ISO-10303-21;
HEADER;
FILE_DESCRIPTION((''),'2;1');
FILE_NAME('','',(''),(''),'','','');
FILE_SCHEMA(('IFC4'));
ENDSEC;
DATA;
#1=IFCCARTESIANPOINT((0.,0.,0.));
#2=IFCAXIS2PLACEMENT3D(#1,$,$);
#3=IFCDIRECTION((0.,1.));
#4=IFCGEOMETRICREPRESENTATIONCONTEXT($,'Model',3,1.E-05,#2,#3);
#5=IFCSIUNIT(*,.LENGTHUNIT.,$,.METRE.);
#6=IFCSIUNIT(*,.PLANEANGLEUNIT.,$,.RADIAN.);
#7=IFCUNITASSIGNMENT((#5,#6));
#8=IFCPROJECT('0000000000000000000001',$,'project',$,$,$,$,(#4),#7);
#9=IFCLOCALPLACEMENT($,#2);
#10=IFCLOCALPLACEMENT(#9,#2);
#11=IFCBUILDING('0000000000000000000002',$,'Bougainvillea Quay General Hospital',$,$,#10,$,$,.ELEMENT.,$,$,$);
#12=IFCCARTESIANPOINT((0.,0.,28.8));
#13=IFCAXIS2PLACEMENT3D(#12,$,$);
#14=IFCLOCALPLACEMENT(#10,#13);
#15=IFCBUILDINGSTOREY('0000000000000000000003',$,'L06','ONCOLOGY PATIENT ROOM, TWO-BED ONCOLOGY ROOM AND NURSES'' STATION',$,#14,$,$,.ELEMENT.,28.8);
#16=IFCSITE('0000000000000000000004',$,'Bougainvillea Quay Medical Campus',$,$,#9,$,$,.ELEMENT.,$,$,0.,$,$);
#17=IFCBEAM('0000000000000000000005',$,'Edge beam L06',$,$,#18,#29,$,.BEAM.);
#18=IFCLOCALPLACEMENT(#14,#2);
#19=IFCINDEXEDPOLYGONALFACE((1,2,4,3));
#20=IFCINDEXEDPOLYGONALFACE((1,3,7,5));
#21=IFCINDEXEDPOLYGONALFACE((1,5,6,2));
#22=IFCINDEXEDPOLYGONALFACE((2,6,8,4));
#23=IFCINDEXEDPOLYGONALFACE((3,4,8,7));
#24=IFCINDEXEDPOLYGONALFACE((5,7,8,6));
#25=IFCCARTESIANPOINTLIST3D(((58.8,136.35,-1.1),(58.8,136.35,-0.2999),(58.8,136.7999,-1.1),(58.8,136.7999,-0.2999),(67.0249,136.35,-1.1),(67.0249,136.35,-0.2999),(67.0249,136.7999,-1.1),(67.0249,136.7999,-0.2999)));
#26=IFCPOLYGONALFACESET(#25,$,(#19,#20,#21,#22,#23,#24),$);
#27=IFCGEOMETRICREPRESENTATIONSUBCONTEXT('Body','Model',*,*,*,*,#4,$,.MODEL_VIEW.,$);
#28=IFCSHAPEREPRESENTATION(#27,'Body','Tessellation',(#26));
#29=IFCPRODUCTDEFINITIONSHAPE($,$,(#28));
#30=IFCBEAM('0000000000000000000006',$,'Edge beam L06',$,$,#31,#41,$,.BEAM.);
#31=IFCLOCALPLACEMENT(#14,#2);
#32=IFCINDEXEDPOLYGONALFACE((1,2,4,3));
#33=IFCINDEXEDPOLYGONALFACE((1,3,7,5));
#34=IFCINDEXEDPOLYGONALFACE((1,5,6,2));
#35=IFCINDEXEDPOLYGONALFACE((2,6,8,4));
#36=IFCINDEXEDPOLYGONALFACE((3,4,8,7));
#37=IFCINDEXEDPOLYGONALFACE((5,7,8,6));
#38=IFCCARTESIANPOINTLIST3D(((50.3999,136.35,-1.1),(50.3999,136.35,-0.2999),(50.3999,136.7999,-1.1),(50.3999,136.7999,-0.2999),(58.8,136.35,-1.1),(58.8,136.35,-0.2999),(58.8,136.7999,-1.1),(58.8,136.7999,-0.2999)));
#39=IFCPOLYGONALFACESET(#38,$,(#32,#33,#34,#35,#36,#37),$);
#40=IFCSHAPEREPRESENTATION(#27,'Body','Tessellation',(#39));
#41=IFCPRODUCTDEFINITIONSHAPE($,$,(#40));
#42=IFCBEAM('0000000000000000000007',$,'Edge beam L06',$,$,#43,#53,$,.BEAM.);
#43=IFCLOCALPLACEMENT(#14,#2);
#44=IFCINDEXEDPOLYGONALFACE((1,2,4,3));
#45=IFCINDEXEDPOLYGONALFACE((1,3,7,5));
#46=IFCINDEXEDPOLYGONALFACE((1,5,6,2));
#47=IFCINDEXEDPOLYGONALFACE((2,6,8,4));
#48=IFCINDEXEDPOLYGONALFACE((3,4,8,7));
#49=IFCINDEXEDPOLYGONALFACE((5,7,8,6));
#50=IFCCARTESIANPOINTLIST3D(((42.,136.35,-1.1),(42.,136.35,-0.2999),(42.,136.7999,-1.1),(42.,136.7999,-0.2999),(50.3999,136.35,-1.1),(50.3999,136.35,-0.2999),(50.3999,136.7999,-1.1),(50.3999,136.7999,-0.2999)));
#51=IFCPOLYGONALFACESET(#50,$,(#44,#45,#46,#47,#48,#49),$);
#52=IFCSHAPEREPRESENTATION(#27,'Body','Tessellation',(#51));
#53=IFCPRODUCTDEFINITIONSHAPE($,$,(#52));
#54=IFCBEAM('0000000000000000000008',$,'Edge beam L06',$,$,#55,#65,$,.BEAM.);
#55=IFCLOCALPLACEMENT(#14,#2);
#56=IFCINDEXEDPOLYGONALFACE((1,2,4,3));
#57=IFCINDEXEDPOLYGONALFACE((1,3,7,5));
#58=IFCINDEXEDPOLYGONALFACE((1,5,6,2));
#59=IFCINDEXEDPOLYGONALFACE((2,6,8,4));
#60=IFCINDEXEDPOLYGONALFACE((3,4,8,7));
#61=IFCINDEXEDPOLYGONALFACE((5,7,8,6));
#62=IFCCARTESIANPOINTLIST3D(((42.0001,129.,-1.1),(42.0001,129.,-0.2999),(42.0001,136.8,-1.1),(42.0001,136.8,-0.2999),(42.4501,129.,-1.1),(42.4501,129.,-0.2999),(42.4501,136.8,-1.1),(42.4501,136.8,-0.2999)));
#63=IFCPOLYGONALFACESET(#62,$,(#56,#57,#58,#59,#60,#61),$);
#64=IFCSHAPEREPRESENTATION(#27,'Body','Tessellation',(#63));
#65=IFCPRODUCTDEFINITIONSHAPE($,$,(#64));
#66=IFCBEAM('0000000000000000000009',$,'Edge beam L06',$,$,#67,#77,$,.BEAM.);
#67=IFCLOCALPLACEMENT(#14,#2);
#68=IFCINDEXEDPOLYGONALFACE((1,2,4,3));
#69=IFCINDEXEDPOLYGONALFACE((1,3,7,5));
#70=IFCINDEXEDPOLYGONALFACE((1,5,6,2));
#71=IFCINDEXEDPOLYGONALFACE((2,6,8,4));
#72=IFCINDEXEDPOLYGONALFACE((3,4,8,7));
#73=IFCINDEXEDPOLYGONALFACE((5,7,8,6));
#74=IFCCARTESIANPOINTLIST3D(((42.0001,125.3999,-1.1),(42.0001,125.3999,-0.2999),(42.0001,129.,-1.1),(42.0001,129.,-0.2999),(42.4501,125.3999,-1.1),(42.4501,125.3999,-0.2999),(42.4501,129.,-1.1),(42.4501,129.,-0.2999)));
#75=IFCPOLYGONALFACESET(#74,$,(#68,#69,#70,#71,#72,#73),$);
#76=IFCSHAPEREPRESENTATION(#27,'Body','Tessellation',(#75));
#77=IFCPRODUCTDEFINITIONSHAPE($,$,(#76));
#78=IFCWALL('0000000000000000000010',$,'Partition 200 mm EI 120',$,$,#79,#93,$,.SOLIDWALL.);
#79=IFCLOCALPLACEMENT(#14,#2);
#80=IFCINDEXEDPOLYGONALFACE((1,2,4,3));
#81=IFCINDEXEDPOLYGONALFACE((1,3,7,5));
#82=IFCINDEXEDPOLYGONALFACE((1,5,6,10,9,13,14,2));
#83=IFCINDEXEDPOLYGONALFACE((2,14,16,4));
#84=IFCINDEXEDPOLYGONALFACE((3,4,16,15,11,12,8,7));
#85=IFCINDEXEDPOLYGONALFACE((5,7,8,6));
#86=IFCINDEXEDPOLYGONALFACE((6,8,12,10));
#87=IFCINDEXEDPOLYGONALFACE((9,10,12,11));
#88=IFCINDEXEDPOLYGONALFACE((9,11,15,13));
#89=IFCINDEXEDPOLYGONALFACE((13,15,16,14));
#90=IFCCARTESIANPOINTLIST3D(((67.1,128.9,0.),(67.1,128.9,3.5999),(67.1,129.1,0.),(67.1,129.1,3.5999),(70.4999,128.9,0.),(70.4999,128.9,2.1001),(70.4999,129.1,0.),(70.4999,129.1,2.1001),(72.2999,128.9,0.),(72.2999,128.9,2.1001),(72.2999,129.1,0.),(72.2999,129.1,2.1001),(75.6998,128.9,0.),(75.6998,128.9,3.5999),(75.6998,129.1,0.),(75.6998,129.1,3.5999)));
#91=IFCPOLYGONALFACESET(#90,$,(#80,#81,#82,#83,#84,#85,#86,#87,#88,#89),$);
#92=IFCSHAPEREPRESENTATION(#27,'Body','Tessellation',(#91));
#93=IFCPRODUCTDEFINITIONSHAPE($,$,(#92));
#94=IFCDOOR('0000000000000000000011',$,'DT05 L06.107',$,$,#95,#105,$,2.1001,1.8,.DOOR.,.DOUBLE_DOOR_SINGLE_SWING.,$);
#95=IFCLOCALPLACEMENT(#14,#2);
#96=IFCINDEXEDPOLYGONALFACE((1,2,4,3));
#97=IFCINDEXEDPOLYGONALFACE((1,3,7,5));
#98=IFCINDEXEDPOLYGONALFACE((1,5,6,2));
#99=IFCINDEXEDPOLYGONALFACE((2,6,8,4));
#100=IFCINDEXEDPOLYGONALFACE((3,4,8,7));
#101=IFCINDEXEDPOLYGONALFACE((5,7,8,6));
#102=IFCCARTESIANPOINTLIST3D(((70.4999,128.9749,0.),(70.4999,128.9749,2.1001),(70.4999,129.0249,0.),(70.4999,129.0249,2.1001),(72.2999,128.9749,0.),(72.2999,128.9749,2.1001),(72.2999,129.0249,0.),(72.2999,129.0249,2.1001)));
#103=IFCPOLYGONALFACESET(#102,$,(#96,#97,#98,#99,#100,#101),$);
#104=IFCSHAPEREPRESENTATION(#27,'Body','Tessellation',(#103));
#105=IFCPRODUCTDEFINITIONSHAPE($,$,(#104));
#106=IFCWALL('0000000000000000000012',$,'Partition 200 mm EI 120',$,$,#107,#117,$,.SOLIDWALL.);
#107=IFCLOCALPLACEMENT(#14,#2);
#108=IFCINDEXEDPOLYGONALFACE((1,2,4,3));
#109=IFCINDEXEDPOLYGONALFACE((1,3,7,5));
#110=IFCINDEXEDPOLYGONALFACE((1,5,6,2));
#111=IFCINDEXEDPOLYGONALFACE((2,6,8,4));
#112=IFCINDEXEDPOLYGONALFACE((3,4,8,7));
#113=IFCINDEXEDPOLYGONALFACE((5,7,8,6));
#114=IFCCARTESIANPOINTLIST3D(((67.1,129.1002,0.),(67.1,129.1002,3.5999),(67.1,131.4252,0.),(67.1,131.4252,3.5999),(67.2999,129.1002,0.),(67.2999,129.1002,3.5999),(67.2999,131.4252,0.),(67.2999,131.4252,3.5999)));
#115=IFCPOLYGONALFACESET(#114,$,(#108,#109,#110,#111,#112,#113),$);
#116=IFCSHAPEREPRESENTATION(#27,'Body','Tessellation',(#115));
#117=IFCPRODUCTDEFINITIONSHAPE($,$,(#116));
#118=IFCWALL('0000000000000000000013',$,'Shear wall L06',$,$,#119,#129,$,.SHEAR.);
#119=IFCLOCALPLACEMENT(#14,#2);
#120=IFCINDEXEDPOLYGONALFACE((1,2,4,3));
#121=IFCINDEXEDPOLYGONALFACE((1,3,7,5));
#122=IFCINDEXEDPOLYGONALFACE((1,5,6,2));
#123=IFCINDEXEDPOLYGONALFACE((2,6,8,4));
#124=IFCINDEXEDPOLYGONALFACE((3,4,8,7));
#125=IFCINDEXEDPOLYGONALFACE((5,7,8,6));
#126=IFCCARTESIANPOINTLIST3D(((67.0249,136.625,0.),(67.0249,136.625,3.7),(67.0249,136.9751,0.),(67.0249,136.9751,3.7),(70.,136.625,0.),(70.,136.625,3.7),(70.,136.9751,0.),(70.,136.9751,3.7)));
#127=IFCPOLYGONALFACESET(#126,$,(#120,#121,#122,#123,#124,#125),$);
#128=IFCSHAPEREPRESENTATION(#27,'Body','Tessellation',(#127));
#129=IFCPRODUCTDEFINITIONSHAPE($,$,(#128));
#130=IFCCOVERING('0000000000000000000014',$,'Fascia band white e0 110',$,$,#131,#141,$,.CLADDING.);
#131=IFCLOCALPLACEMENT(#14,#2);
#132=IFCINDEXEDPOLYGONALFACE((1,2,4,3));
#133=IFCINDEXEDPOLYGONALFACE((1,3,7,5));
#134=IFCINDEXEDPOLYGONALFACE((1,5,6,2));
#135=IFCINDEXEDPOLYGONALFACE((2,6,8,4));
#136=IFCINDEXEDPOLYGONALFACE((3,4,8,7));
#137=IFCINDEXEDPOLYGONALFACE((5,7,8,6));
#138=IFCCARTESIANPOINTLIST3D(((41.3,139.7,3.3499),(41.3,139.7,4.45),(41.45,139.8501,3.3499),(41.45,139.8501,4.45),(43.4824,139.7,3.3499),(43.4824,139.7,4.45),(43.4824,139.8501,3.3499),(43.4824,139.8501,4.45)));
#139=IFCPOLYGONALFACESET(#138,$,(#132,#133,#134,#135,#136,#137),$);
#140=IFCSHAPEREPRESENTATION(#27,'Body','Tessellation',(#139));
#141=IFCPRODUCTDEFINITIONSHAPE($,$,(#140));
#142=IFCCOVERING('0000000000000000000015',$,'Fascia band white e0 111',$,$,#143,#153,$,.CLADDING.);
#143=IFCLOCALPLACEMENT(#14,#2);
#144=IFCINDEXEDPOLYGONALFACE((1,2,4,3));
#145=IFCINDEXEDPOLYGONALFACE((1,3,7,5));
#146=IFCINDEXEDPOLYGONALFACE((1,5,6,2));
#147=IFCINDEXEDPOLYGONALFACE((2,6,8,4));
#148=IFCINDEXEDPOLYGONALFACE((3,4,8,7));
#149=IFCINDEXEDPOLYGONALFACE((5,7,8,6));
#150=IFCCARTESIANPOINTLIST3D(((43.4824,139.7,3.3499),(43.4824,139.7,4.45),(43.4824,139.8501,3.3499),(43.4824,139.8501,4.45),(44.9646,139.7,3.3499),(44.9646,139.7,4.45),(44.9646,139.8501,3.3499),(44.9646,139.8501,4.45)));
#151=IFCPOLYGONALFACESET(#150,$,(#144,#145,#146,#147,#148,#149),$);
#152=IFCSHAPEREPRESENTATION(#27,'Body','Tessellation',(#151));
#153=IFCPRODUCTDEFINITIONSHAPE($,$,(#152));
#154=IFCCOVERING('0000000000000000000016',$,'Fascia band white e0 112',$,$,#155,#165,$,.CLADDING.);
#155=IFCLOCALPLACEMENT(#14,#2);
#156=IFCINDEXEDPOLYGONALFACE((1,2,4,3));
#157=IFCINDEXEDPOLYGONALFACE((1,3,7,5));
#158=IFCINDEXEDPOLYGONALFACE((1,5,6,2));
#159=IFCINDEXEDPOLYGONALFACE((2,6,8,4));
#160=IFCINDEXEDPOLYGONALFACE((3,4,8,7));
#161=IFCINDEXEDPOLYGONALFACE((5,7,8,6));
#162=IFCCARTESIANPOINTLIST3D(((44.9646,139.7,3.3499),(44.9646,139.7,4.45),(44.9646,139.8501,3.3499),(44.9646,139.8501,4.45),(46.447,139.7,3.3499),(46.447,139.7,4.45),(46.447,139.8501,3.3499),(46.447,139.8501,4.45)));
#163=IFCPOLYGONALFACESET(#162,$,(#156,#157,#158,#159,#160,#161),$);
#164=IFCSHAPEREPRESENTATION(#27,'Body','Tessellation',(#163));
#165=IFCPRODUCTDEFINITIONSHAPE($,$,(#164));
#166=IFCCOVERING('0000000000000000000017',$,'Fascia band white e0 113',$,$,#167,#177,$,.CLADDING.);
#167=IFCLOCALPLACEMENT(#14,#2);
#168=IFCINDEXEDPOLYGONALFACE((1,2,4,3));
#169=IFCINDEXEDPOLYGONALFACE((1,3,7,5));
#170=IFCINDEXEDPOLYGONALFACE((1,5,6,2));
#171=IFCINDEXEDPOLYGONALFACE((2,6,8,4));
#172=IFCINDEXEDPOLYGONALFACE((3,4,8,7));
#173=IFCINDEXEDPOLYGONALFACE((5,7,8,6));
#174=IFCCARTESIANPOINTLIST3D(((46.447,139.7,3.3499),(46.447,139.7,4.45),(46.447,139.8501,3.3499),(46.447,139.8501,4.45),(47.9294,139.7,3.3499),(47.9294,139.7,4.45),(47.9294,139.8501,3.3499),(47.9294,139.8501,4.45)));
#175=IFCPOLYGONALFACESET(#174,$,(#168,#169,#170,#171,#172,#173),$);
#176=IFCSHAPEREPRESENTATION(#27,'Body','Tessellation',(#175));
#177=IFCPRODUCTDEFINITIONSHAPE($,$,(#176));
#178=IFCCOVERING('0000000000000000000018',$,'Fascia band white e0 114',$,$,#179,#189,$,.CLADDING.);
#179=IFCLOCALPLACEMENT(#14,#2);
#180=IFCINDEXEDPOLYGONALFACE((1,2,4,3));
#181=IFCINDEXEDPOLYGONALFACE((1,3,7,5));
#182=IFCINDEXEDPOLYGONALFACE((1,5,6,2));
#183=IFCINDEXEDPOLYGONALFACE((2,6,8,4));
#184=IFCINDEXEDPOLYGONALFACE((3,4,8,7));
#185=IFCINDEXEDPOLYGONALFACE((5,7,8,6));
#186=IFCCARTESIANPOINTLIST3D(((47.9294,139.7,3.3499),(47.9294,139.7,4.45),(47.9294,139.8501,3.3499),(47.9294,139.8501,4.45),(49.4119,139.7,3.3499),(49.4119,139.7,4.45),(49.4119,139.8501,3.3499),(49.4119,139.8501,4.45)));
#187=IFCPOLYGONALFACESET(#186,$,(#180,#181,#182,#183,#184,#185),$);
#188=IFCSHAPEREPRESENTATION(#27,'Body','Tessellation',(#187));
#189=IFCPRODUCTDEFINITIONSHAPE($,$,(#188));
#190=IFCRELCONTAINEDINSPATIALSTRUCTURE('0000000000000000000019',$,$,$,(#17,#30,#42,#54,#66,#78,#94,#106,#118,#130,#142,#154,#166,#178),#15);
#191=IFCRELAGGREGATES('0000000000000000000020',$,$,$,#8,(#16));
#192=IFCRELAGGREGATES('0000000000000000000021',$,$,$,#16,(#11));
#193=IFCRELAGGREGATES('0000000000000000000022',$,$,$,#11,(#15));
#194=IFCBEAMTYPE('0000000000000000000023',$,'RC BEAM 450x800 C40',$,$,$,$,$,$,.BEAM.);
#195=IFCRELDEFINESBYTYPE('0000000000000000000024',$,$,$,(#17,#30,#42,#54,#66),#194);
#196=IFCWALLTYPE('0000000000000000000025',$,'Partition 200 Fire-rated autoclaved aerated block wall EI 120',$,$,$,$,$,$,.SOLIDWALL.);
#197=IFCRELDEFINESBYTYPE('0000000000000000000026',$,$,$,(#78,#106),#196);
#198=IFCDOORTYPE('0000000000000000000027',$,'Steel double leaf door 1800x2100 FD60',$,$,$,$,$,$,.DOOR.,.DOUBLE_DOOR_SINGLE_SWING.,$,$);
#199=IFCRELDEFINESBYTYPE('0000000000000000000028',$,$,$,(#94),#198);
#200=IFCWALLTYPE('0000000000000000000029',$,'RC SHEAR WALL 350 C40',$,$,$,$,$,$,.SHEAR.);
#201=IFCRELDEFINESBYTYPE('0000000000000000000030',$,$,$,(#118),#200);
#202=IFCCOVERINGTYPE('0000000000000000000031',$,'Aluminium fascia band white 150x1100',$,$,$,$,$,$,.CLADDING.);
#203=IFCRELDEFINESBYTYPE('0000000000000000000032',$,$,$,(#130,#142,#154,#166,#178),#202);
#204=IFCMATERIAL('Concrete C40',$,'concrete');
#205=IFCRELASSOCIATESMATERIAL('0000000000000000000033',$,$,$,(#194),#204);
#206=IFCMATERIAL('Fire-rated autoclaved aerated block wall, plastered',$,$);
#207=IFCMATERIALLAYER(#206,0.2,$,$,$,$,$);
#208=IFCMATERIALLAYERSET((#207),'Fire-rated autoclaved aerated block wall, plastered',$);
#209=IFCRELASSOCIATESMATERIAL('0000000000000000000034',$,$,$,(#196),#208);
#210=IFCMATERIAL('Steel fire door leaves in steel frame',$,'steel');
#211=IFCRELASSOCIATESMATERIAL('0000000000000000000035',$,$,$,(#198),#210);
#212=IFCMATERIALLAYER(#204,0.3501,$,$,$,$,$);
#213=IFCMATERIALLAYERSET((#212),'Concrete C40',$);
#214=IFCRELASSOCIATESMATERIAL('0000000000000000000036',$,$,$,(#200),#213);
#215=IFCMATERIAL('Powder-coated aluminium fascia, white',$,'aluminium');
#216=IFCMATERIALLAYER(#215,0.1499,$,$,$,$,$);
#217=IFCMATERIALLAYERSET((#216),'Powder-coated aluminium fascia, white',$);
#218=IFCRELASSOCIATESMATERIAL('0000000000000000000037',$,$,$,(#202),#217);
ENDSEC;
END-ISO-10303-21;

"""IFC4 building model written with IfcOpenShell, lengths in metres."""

from ifc_helpers import new_model, si_unit, direction, frame, frame_2d, origin, origin_2d, place, context, subcontext, project, spatial, polyline, rectangle, outline, extrude, material, layer, layer_set, material_profile, profile_set, type_object, element, fill, save


model = new_model("IFC4")

# Units and contexts
model_context = context("Model", 3, precision=1e-05, world=origin(), true_north=direction((0.0, 1.0)))
body_context = subcontext(model_context, "Body", "Model", "MODEL_VIEW")
ifc_project = project(units=[si_unit("LENGTHUNIT", "METRE"), si_unit("PLANEANGLEUNIT", "RADIAN")], contexts=[model_context])

# Site, building, storey
site_placement = place(None, origin())
site = spatial("IfcSite", under=ifc_project, at=site_placement, Name="Bougainvillea Quay Medical Campus", CompositionType="ELEMENT", RefElevation=0.0)
building_placement = place(site_placement, origin())
building = spatial("IfcBuilding", under=site, at=building_placement, Name="Bougainvillea Quay General Hospital", CompositionType="ELEMENT")
storey_placement = place(building_placement, frame((0.0, 0.0, 28.8)))
storey = spatial("IfcBuildingStorey", under=building, at=storey_placement, Name="L06", Description="ONCOLOGY PATIENT ROOM, TWO-BED ONCOLOGY ROOM AND NURSES' STATION", CompositionType="ELEMENT", Elevation=28.8)

# Beams
ifc_material_1 = material(Name="Concrete C40", Category="concrete")
ifc_material_profile = material_profile(ifc_material_1, rectangle(XDim=0.45, YDim=0.8, at=origin_2d()))
ifc_profile_set = profile_set([ifc_material_profile], Name="Concrete C40")
beam_type = type_object("IfcBeamType", Name="RC BEAM 450x800 C40", PredefinedType="BEAM", material=ifc_profile_set)
beam_1_placement = place(storey_placement, frame((67.0249, 136.575, -0.7), z_axis=(-1.0, 0.0, 0.0), x_axis=(0.0, -1.0, 0.0)))
element("IfcBeam", 1, at=beam_1_placement, inside=storey, type_object=beam_type, Name="Edge beam L06", PredefinedType="BEAM", context=body_context, shape_type="SweptSolid", body=[
    extrude(rectangle(XDim=0.45, YDim=0.8, at=origin_2d()), origin(), (0.0, 0.0, 1.0), 8.2249),
])
beam_2_placement = place(storey_placement, frame((58.8, 136.575, -0.7), z_axis=(-1.0, 0.0, 0.0), x_axis=(0.0, -1.0, 0.0)))
element("IfcBeam", 2, at=beam_2_placement, inside=storey, type_object=beam_type, Name="Edge beam L06", PredefinedType="BEAM", context=body_context, shape_type="SweptSolid", body=[
    extrude(rectangle(XDim=0.45, YDim=0.8, at=origin_2d()), origin(), (0.0, 0.0, 1.0), 8.4001),
])
beam_3_placement = place(storey_placement, frame((50.3999, 136.575, -0.7), z_axis=(-1.0, 0.0, 0.0), x_axis=(0.0, -1.0, 0.0)))
element("IfcBeam", 3, at=beam_3_placement, inside=storey, type_object=beam_type, Name="Edge beam L06", PredefinedType="BEAM", context=body_context, shape_type="SweptSolid", body=[
    extrude(rectangle(XDim=0.45, YDim=0.8, at=origin_2d()), origin(), (0.0, 0.0, 1.0), 8.3999),
])
beam_4_placement = place(storey_placement, frame((42.2251, 136.8, -0.7), z_axis=(0.0, -1.0, 0.0), x_axis=(1.0, 0.0, 0.0)))
element("IfcBeam", 4, at=beam_4_placement, inside=storey, type_object=beam_type, Name="Edge beam L06", PredefinedType="BEAM", context=body_context, shape_type="SweptSolid", body=[
    extrude(rectangle(XDim=0.45, YDim=0.8, at=origin_2d()), origin(), (0.0, 0.0, 1.0), 7.8),
])
beam_5_placement = place(storey_placement, frame((42.2251, 129.0, -0.7), z_axis=(0.0, -1.0, 0.0), x_axis=(1.0, 0.0, 0.0)))
element("IfcBeam", 5, at=beam_5_placement, inside=storey, type_object=beam_type, Name="Edge beam L06", PredefinedType="BEAM", context=body_context, shape_type="SweptSolid", body=[
    extrude(rectangle(XDim=0.45, YDim=0.8, at=origin_2d()), origin(), (0.0, 0.0, 1.0), 3.6001),
])

# Wall, opening, door
ifc_material_2 = material(Name="Fire-rated autoclaved aerated block wall, plastered")
ifc_layer_1 = layer(ifc_material_2, 0.2)
ifc_layer_set_1 = layer_set([ifc_layer_1], Name="Fire-rated autoclaved aerated block wall, plastered")
wall_type_1 = type_object("IfcWallType", Name="Partition 200 Fire-rated autoclaved aerated block wall EI 120", PredefinedType="SOLIDWALL", material=ifc_layer_set_1)
wall_1_placement = place(storey_placement, frame((67.1001, 129.0, 0.0), z_axis=(0.0, 0.0, 1.0), x_axis=(1.0, 0.0, 0.0)))
wall_1 = element("IfcWall", 6, at=wall_1_placement, inside=storey, type_object=wall_type_1, Name="Partition 200 mm EI 120", PredefinedType="SOLIDWALL", context=body_context, shape_type="SweptSolid", body=[
    extrude(rectangle(XDim=8.5999, YDim=0.2, at=frame_2d((4.2998, 0.0))), origin(), (0.0, 0.0, 1.0), 3.5999),
])
opening_placement = place(wall_1_placement, frame((3.3999, 0.0, 0.0)))
opening = element("IfcOpeningElement", 7, at=opening_placement, cuts=wall_1, PredefinedType="OPENING", context=body_context, shape_type="SweptSolid", body=[
    extrude(rectangle(XDim=1.8, YDim=2.1001, at=frame_2d((0.8999, 1.05))), frame((0.0, 0.1099, 0.0), z_axis=(0.0, -1.0, 0.0), x_axis=(1.0, 0.0, 0.0)), (0.0, 0.0, 1.0), 0.22),
])
ifc_material_3 = material(Name="Steel fire door leaves in steel frame", Category="steel")
door_type = type_object("IfcDoorType", Name="Steel double leaf door 1800x2100 FD60", OperationType="DOUBLE_DOOR_SINGLE_SWING", PredefinedType="DOOR", material=ifc_material_3)
door_placement = place(opening_placement, origin())
door = element("IfcDoor", 8, at=door_placement, inside=storey, type_object=door_type, Name="DT05 L06.107", OperationType="DOUBLE_DOOR_SINGLE_SWING", OverallHeight=2.1001, OverallWidth=1.8, PredefinedType="DOOR", context=body_context, shape_type="SweptSolid", body=[
    extrude(rectangle(XDim=1.8, YDim=2.1001, at=frame_2d((0.8999, 1.05))), frame((0.0, 0.0249, 0.0), z_axis=(0.0, -1.0, 0.0), x_axis=(1.0, 0.0, 0.0)), (0.0, 0.0, 1.0), 0.05),
])
fill(opening, door)

# Walls
wall_2_placement = place(storey_placement, frame((67.2, 129.1001, 0.0), z_axis=(0.0, 0.0, 1.0), x_axis=(0.0, 1.0, 0.0)))
element("IfcWall", 9, at=wall_2_placement, inside=storey, type_object=wall_type_1, Name="Partition 200 mm EI 120", PredefinedType="SOLIDWALL", context=body_context, shape_type="SweptSolid", body=[
    extrude(rectangle(XDim=2.325, YDim=0.2, at=frame_2d((1.1626, 0.0))), origin(), (0.0, 0.0, 1.0), 3.5999),
])
ifc_layer_2 = layer(ifc_material_1, 0.3501)
ifc_layer_set_2 = layer_set([ifc_layer_2], Name="Concrete C40")
wall_type_2 = type_object("IfcWallType", Name="RC SHEAR WALL 350 C40", PredefinedType="SHEAR", material=ifc_layer_set_2)
wall_3_placement = place(storey_placement, frame((67.0249, 136.8, 0.0), z_axis=(0.0, 0.0, 1.0), x_axis=(1.0, 0.0, 0.0)))
element("IfcWall", 10, at=wall_3_placement, inside=storey, type_object=wall_type_2, Name="Shear wall L06", PredefinedType="SHEAR", context=body_context, shape_type="SweptSolid", body=[
    extrude(rectangle(XDim=2.9751, YDim=0.3501, at=frame_2d((1.4875, 0.0))), origin(), (0.0, 0.0, 1.0), 3.7),
])

# Coverings
ifc_material_4 = material(Name="Powder-coated aluminium fascia, white", Category="aluminium")
ifc_layer_3 = layer(ifc_material_4, 0.1499)
ifc_layer_set_3 = layer_set([ifc_layer_3], Name="Powder-coated aluminium fascia, white")
covering_type = type_object("IfcCoveringType", Name="Aluminium fascia band white 150x1100", PredefinedType="CLADDING", material=ifc_layer_set_3)
covering_1_placement = place(storey_placement, frame((41.45, 139.8501, 3.3499), z_axis=(0.0, 0.0, 1.0), x_axis=(1.0, 0.0, 0.0)))
element("IfcCovering", 11, at=covering_1_placement, inside=storey, type_object=covering_type, Name="Fascia band white e0 110", PredefinedType="CLADDING", context=body_context, shape_type="SweptSolid", body=[
    extrude(outline(polyline([(0.0, 0.0), (2.0325, 0.0), (2.0325, -0.1501), (-0.1499, -0.1501), (0.0, 0.0)])), origin(), (0.0, 0.0, 1.0), 1.1001),
])
covering_2_placement = place(storey_placement, frame((43.4824, 139.8501, 3.3499), z_axis=(0.0, 0.0, 1.0), x_axis=(1.0, 0.0, 0.0)))
element("IfcCovering", 12, at=covering_2_placement, inside=storey, type_object=covering_type, Name="Fascia band white e0 111", PredefinedType="CLADDING", context=body_context, shape_type="SweptSolid", body=[
    extrude(outline(polyline([(0.0, 0.0), (1.4822, 0.0), (1.4822, -0.1501), (0.0, -0.1501), (0.0, 0.0)])), origin(), (0.0, 0.0, 1.0), 1.1001),
])
for number, where, z_axis, x_axis, name in (
    (13, (44.9646, 139.8501, 3.3499), (0.0, 0.0, 1.0), (1.0, 0.0, 0.0), "Fascia band white e0 112"),
    (14, (46.447, 139.8501, 3.3499), (0.0, 0.0, 1.0), (1.0, 0.0, 0.0), "Fascia band white e0 113"),
    (15, (47.9294, 139.8501, 3.3499), (0.0, 0.0, 1.0), (1.0, 0.0, 0.0), "Fascia band white e0 114"),
):
    element("IfcCovering", number, at=place(storey_placement, frame(where, z_axis=z_axis, x_axis=x_axis)), inside=storey, type_object=covering_type, Name=name, PredefinedType="CLADDING", context=body_context, shape_type="SweptSolid", body=[
        extrude(outline(polyline([(0.0, 0.0), (1.4824, 0.0), (1.4824, -0.1501), (0.0, -0.1501), (0.0, 0.0)])), origin(), (0.0, 0.0, 1.0), 1.1001),
    ])

save(model, "model.ifc")
